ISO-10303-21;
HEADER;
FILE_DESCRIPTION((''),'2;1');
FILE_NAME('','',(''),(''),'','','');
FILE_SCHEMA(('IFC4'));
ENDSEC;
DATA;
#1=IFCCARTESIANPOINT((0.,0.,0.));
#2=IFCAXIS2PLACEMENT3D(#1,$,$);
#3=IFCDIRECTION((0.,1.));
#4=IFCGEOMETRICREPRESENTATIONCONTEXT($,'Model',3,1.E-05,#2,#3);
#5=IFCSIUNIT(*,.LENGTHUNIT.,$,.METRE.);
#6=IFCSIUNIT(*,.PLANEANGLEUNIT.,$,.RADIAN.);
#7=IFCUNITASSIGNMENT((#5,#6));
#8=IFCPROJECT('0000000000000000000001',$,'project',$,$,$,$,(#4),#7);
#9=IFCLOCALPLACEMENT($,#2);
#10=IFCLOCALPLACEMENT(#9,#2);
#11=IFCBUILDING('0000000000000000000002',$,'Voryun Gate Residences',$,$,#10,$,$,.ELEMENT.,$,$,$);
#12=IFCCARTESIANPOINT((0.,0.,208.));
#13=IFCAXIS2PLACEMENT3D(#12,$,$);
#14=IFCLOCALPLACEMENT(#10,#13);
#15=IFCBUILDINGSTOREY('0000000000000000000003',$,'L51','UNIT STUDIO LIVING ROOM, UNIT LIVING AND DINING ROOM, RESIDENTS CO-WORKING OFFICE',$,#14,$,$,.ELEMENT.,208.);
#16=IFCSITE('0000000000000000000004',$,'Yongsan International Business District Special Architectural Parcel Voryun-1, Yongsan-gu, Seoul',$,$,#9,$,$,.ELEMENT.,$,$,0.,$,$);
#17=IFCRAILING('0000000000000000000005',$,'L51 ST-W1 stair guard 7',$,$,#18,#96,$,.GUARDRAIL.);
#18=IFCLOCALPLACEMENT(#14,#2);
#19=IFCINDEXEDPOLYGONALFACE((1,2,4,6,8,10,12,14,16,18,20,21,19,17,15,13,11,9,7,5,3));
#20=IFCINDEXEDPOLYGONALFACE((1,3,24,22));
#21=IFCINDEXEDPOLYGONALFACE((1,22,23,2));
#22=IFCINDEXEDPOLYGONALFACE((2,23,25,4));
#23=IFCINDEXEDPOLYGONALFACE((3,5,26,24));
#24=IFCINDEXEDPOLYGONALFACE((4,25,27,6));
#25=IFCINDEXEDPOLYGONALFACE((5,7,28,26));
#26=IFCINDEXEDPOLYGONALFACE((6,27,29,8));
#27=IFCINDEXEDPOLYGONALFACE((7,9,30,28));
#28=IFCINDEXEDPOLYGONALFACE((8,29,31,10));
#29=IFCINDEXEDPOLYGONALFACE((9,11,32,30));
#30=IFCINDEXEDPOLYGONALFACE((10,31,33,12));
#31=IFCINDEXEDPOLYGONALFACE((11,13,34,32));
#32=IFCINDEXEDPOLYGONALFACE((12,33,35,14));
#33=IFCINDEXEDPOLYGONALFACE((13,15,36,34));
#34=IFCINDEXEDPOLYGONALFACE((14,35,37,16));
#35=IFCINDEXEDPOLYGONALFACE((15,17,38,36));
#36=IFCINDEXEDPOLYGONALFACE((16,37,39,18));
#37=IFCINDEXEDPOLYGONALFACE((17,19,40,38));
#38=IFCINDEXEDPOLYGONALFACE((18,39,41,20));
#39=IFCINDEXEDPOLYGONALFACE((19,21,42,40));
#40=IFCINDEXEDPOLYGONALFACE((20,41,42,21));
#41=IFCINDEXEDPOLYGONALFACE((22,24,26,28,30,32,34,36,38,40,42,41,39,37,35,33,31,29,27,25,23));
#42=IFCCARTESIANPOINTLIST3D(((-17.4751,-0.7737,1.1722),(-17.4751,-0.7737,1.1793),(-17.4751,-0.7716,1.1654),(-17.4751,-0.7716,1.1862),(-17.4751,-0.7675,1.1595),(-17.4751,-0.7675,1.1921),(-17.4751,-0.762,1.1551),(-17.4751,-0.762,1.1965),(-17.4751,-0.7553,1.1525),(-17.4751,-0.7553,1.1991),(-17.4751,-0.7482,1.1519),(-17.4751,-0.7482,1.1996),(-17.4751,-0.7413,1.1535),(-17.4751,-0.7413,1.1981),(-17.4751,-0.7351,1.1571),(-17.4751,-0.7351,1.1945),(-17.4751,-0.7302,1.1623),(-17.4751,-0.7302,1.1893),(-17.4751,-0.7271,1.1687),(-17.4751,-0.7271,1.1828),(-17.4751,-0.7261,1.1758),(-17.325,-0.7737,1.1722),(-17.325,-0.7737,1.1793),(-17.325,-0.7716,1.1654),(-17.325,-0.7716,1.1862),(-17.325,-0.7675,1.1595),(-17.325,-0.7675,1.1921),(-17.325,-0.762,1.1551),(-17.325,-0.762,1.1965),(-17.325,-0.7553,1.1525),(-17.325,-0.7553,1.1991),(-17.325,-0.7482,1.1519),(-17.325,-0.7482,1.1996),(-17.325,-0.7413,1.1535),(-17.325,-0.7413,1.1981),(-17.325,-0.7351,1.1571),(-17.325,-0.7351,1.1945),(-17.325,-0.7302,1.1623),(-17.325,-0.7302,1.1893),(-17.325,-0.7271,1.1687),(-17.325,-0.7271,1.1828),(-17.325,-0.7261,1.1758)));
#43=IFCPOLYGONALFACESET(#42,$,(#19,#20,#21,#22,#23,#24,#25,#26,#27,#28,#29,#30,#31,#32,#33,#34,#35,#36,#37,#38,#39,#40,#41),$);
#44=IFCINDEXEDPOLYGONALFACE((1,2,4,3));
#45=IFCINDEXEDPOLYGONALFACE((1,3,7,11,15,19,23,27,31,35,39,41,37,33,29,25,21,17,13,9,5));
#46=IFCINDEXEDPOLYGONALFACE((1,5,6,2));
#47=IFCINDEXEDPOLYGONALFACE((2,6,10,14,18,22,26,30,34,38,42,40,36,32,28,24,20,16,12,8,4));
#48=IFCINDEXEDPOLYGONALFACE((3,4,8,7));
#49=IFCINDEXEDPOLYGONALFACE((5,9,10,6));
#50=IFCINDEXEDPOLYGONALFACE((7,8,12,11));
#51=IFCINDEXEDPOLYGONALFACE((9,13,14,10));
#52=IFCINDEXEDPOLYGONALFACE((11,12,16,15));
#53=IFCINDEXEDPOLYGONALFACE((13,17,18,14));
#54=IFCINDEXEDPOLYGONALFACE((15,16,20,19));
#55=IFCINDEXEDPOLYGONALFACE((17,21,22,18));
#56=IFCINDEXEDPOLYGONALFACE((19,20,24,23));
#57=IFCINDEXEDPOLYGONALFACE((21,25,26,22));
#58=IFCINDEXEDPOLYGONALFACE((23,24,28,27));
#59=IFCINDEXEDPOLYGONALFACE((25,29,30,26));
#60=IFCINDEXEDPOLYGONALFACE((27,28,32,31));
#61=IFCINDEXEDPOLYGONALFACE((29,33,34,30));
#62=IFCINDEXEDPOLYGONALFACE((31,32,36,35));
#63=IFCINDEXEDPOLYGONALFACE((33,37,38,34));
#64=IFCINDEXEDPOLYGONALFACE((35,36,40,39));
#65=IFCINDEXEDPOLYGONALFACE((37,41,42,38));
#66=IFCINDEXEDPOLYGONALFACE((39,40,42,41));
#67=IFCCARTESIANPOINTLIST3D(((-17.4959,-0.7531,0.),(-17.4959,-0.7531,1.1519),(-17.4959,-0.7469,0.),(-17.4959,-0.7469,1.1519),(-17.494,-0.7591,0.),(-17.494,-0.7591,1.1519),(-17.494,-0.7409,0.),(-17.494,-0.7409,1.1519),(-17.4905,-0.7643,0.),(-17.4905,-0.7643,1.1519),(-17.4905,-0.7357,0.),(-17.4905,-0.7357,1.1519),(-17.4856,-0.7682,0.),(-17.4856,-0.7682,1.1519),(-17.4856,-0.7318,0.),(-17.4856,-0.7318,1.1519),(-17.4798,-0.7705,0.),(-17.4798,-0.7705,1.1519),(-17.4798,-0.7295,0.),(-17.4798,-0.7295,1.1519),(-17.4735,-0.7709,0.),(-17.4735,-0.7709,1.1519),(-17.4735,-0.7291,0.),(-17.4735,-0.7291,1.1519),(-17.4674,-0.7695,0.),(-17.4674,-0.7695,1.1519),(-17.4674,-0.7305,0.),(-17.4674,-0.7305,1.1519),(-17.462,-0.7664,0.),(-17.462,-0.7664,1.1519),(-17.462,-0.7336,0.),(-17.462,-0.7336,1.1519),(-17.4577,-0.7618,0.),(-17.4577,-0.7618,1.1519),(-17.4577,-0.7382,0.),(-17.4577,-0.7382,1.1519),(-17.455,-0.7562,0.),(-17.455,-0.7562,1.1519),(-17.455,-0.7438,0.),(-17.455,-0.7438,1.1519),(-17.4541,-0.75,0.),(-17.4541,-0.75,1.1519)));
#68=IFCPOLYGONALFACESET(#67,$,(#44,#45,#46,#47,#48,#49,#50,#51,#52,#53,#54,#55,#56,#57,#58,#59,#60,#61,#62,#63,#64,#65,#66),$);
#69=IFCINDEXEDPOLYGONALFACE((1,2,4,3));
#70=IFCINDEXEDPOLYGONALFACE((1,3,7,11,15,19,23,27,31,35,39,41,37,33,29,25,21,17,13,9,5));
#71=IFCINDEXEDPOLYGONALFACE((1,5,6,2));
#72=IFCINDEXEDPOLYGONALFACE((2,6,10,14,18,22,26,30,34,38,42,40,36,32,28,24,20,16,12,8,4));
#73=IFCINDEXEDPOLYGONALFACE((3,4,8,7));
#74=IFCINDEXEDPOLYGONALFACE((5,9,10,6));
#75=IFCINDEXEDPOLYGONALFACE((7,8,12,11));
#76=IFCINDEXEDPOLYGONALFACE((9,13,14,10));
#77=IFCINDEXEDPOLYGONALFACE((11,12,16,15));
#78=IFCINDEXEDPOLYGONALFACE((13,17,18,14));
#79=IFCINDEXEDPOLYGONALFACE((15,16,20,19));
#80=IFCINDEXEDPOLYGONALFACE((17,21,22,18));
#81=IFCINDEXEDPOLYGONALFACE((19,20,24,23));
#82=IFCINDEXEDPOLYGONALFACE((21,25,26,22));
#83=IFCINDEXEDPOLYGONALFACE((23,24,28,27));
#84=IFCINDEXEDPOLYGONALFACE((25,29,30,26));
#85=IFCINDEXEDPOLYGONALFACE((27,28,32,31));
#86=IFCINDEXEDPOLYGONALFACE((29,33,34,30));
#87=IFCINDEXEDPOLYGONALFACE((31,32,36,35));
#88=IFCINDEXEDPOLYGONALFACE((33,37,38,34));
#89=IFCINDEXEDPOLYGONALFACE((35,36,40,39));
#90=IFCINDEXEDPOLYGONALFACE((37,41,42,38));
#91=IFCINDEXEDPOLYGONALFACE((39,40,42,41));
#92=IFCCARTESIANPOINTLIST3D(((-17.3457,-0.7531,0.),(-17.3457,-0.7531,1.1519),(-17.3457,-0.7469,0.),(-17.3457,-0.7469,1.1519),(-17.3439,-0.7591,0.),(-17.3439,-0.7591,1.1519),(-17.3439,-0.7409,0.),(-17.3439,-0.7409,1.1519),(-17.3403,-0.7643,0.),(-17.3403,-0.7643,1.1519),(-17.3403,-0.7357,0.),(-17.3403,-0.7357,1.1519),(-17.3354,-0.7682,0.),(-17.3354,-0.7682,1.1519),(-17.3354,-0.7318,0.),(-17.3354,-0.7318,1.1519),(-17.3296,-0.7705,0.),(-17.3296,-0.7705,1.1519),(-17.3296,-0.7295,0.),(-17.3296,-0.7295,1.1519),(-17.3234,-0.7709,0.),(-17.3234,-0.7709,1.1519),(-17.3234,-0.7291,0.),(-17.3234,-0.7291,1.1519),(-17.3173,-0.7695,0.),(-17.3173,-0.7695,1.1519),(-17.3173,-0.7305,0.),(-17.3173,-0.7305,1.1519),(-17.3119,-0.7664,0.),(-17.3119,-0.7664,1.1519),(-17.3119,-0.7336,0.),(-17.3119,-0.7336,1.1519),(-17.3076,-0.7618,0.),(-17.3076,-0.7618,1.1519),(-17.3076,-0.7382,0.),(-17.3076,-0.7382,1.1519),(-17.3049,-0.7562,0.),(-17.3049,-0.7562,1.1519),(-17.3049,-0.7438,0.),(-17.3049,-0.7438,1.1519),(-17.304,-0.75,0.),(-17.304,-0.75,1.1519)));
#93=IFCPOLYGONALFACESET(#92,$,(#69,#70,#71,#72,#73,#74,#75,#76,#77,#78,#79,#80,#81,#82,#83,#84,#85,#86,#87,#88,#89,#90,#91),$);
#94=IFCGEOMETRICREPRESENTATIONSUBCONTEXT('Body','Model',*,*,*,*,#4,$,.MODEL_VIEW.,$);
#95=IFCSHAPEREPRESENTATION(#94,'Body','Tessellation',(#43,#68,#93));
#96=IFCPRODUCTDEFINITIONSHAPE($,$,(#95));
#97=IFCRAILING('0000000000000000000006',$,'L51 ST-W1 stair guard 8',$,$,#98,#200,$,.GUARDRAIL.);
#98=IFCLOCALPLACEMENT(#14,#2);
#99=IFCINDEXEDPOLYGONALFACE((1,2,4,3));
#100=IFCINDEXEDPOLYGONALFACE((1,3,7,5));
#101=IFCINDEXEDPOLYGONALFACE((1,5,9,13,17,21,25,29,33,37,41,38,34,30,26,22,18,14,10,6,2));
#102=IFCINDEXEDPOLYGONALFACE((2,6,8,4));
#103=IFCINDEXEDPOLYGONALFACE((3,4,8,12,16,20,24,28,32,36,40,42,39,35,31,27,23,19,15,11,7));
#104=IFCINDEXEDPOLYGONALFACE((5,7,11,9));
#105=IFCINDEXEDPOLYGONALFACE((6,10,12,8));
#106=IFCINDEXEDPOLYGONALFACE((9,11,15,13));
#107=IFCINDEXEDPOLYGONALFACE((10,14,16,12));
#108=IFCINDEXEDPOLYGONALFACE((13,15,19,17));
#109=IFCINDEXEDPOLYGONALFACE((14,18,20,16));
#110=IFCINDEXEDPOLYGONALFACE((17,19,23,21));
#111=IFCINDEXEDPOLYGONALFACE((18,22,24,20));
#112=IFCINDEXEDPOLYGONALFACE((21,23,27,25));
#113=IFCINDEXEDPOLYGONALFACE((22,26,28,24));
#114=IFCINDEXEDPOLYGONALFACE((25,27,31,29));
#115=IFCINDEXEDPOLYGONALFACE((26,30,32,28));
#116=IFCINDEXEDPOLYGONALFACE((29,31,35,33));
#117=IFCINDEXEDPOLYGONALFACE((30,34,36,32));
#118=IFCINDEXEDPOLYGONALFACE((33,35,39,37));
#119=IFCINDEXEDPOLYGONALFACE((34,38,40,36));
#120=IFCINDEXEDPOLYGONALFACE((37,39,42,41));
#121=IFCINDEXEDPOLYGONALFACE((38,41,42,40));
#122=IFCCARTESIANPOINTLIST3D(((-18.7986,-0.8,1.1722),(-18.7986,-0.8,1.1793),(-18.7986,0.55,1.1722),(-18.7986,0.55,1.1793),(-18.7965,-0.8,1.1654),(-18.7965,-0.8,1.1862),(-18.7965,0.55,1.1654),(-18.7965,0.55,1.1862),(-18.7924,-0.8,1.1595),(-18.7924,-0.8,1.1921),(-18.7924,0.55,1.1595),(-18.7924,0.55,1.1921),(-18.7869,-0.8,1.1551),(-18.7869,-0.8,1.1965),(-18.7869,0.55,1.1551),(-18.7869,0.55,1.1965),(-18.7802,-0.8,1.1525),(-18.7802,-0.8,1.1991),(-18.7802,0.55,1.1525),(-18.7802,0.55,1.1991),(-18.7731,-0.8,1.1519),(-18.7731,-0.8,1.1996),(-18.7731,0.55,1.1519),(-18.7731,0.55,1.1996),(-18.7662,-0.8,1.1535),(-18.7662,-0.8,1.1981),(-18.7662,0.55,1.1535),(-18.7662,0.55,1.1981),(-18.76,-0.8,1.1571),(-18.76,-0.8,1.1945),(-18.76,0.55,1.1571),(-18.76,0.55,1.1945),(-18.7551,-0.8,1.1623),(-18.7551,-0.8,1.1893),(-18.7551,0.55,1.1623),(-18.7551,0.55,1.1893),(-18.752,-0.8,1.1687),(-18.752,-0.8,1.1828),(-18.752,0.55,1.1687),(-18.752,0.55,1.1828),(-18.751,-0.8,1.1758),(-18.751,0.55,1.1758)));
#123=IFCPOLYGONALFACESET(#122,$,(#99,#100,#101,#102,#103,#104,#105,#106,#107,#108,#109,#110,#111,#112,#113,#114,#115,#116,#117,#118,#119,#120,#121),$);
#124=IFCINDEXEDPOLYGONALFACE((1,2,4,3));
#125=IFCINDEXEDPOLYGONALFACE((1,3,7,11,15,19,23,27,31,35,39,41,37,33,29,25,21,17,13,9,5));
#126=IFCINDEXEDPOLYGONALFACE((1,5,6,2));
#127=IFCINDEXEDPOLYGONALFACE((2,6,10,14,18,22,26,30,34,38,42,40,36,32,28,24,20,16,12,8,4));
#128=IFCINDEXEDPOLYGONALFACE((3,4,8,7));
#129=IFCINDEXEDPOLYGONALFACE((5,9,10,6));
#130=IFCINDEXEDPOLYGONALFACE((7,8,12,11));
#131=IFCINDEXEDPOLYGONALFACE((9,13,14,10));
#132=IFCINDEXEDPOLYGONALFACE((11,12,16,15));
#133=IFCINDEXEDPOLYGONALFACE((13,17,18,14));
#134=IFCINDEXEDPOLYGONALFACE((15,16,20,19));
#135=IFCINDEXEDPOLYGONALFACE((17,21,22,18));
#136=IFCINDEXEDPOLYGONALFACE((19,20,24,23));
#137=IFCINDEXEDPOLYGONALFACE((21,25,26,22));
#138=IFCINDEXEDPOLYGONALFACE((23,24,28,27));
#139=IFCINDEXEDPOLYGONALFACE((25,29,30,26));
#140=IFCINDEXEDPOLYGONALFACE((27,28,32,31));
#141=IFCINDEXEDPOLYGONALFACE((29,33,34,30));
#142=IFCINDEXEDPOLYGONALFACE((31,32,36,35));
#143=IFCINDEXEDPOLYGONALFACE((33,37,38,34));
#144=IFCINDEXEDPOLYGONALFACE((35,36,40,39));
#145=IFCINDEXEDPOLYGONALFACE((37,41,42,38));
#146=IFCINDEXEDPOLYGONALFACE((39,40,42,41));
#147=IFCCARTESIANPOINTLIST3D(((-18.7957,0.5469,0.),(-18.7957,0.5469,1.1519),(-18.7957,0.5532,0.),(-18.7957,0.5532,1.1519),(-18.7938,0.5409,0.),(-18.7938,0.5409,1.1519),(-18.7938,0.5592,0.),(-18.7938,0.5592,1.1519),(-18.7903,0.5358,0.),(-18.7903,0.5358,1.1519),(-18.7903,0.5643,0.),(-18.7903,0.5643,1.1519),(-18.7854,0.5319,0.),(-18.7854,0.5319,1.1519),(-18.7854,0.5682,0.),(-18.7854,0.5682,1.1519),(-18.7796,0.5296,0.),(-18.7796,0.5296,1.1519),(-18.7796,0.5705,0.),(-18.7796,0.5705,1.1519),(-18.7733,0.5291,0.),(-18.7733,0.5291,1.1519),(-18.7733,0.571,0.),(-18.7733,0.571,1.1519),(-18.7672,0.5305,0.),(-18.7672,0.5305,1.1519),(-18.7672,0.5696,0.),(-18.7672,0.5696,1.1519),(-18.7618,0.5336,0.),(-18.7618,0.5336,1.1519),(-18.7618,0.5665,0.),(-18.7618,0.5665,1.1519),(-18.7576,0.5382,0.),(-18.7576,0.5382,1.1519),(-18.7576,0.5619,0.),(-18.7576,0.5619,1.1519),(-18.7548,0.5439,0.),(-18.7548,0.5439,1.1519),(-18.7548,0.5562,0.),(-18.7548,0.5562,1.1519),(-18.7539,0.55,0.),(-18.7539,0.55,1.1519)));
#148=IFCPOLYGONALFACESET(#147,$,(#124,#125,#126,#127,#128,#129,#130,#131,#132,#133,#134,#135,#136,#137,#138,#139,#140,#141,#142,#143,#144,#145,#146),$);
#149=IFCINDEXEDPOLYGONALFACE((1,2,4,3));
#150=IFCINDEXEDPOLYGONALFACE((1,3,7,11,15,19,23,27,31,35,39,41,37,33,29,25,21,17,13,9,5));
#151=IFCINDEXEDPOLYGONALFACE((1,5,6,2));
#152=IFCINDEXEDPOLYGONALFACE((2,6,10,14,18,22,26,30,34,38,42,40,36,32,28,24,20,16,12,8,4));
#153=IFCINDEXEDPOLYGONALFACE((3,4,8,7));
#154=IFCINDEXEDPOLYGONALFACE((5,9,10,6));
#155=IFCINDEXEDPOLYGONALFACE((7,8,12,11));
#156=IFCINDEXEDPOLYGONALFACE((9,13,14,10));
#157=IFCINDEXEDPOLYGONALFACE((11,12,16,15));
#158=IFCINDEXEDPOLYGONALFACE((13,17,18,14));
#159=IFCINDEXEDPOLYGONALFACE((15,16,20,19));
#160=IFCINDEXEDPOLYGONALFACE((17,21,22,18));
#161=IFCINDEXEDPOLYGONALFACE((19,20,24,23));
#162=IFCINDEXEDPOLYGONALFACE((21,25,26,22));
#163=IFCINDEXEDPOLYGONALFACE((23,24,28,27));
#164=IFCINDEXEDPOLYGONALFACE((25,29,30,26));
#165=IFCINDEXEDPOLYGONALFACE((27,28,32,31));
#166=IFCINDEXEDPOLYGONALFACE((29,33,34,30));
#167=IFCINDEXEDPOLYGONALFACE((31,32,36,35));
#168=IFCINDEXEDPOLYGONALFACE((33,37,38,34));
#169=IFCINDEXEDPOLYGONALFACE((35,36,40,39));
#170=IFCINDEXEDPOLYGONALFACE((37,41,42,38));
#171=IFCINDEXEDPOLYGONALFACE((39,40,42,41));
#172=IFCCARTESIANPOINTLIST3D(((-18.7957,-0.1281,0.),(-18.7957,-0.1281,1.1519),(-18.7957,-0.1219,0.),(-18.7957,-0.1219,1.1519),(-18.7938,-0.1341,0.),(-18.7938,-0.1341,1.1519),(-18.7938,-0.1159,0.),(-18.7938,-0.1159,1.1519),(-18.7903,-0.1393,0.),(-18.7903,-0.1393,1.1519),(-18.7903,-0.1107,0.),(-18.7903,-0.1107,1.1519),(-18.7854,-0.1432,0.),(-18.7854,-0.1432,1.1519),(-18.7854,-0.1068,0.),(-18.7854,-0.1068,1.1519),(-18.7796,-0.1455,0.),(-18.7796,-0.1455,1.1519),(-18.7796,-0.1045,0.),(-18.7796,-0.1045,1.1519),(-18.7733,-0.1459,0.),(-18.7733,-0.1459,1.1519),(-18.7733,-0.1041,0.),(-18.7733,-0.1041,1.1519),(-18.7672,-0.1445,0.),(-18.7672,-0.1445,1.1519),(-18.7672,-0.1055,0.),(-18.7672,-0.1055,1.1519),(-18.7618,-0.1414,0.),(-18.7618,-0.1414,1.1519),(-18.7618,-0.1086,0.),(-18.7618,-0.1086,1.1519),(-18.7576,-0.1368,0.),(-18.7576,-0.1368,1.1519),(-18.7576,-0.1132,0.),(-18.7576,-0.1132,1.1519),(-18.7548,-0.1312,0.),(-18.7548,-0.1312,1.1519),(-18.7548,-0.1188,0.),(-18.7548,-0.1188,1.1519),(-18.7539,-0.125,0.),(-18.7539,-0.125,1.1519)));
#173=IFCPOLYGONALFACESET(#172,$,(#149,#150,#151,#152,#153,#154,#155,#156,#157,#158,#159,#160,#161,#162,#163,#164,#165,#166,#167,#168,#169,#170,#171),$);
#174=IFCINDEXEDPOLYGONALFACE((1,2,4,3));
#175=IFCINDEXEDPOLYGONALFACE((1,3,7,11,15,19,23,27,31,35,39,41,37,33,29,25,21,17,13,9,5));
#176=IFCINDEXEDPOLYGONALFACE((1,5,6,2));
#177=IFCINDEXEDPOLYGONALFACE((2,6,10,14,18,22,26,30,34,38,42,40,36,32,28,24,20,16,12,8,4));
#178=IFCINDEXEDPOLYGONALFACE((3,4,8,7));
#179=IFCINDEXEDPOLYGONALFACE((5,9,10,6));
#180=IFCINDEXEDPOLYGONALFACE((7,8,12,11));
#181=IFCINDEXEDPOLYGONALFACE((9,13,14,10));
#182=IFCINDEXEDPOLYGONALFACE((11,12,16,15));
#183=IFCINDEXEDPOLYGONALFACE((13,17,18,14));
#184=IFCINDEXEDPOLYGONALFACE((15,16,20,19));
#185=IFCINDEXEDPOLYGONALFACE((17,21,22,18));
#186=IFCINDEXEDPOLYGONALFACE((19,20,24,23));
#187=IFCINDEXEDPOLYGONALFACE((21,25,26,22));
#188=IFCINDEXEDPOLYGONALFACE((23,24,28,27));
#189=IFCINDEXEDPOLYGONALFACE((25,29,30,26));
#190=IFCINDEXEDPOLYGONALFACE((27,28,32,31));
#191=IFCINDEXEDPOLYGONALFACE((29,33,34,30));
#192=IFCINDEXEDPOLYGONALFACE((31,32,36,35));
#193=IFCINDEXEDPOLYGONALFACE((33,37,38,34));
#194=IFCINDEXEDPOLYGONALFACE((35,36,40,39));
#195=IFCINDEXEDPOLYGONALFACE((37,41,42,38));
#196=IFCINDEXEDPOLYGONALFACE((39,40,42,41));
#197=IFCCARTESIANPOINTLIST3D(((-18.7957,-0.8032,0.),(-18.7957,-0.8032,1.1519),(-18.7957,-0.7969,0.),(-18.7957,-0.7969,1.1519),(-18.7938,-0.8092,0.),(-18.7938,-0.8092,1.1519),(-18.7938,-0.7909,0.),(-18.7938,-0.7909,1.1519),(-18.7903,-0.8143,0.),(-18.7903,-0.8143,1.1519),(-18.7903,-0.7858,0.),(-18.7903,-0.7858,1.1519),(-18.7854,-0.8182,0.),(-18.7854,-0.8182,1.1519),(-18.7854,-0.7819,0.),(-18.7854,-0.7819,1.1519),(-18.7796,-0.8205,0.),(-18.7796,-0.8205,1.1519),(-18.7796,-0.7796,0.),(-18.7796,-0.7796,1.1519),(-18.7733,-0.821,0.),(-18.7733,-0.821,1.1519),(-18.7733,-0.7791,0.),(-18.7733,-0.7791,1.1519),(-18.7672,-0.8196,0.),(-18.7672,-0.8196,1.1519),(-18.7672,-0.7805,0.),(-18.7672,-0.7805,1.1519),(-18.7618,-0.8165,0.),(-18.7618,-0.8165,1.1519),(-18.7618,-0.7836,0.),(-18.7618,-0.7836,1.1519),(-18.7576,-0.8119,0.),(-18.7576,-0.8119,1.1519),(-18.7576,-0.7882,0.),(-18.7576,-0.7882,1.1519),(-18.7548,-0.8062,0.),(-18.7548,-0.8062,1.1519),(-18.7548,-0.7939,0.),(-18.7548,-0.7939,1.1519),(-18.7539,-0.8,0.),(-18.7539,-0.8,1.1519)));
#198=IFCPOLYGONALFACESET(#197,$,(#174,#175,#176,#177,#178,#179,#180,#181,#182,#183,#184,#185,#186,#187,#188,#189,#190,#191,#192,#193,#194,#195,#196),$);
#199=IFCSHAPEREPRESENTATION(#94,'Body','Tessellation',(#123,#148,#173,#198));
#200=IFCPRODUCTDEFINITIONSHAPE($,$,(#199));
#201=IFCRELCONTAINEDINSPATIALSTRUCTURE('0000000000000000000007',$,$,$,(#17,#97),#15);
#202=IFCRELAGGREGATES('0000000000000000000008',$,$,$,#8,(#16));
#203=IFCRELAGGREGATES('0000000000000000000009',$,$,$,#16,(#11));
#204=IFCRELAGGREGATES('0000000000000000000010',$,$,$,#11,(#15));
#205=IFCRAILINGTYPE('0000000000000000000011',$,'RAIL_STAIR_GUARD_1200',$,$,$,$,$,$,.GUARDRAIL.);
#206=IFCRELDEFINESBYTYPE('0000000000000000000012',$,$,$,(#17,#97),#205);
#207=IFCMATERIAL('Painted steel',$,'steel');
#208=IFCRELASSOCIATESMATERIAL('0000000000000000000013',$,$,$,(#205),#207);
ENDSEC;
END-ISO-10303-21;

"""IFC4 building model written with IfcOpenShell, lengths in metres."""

from ifc_helpers import new_model, si_unit, direction, frame, origin, origin_2d, place, context, subcontext, project, spatial, circle, extrude, material, type_object, element, save


model = new_model("IFC4")

# Units and contexts
model_context = context("Model", 3, precision=1e-05, world=origin(), true_north=direction((0.0, 1.0)))
body_context = subcontext(model_context, "Body", "Model", "MODEL_VIEW")
ifc_project = project(units=[si_unit("LENGTHUNIT", "METRE"), si_unit("PLANEANGLEUNIT", "RADIAN")], contexts=[model_context])

# Site, building, storey
site_placement = place(None, origin())
site = spatial("IfcSite", under=ifc_project, at=site_placement, Name="Yongsan International Business District Special Architectural Parcel Voryun-1, Yongsan-gu, Seoul", CompositionType="ELEMENT", RefElevation=0.0)
building_placement = place(site_placement, origin())
building = spatial("IfcBuilding", under=site, at=building_placement, Name="Voryun Gate Residences", CompositionType="ELEMENT")
storey_placement = place(building_placement, frame((0.0, 0.0, 208.0)))
storey = spatial("IfcBuildingStorey", under=building, at=storey_placement, Name="L51", Description="UNIT STUDIO LIVING ROOM, UNIT LIVING AND DINING ROOM, RESIDENTS CO-WORKING OFFICE", CompositionType="ELEMENT", Elevation=208.0)

# Railings
ifc_material_1 = material(Name="Painted steel", Category="steel")
railing_type_1 = type_object("IfcRailingType", Name="RAIL_STAIR_GUARD_1200", PredefinedType="GUARDRAIL", material=ifc_material_1)
railing_1_placement = place(storey_placement, frame((-17.4751, -0.75, 0.0)))
element("IfcRailing", 1, at=railing_1_placement, inside=storey, type_object=railing_type_1, Name="L51 ST-W1 stair guard 7", PredefinedType="GUARDRAIL", context=body_context, shape_type="SweptSolid", body=[
    extrude(circle(Radius=0.0239, at=origin_2d()), frame((0.0, 0.0, 1.1758), z_axis=(1.0, 0.0, 0.0), x_axis=(0.0, 1.0, 0.0)), (0.0, 0.0, 1.0), 0.1501),
    extrude(circle(Radius=0.021, at=origin_2d()), origin(), (0.0, 0.0, 1.0), 1.1519),
    extrude(circle(Radius=0.021, at=origin_2d()), frame((0.1501, 0.0, 0.0)), (0.0, 0.0, 1.0), 1.1519),
])
railing_2_placement = place(storey_placement, frame((-18.7749, 0.55, 0.0)))
element("IfcRailing", 2, at=railing_2_placement, inside=storey, type_object=railing_type_1, Name="L51 ST-W1 stair guard 8", PredefinedType="GUARDRAIL", context=body_context, shape_type="SweptSolid", body=[
    extrude(circle(Radius=0.0239, at=origin_2d()), frame((0.0, 0.0, 1.1758), z_axis=(0.0, -1.0, 0.0), x_axis=(1.0, 0.0, 0.0)), (0.0, 0.0, 1.0), 1.3501),
    extrude(circle(Radius=0.021, at=origin_2d()), origin(), (0.0, 0.0, 1.0), 1.1519),
    extrude(circle(Radius=0.021, at=origin_2d()), frame((0.0, -0.675, 0.0)), (0.0, 0.0, 1.0), 1.1519),
    extrude(circle(Radius=0.021, at=origin_2d()), frame((0.0, -1.3501, 0.0)), (0.0, 0.0, 1.0), 1.1519),
])

save(model, "model.ifc")
